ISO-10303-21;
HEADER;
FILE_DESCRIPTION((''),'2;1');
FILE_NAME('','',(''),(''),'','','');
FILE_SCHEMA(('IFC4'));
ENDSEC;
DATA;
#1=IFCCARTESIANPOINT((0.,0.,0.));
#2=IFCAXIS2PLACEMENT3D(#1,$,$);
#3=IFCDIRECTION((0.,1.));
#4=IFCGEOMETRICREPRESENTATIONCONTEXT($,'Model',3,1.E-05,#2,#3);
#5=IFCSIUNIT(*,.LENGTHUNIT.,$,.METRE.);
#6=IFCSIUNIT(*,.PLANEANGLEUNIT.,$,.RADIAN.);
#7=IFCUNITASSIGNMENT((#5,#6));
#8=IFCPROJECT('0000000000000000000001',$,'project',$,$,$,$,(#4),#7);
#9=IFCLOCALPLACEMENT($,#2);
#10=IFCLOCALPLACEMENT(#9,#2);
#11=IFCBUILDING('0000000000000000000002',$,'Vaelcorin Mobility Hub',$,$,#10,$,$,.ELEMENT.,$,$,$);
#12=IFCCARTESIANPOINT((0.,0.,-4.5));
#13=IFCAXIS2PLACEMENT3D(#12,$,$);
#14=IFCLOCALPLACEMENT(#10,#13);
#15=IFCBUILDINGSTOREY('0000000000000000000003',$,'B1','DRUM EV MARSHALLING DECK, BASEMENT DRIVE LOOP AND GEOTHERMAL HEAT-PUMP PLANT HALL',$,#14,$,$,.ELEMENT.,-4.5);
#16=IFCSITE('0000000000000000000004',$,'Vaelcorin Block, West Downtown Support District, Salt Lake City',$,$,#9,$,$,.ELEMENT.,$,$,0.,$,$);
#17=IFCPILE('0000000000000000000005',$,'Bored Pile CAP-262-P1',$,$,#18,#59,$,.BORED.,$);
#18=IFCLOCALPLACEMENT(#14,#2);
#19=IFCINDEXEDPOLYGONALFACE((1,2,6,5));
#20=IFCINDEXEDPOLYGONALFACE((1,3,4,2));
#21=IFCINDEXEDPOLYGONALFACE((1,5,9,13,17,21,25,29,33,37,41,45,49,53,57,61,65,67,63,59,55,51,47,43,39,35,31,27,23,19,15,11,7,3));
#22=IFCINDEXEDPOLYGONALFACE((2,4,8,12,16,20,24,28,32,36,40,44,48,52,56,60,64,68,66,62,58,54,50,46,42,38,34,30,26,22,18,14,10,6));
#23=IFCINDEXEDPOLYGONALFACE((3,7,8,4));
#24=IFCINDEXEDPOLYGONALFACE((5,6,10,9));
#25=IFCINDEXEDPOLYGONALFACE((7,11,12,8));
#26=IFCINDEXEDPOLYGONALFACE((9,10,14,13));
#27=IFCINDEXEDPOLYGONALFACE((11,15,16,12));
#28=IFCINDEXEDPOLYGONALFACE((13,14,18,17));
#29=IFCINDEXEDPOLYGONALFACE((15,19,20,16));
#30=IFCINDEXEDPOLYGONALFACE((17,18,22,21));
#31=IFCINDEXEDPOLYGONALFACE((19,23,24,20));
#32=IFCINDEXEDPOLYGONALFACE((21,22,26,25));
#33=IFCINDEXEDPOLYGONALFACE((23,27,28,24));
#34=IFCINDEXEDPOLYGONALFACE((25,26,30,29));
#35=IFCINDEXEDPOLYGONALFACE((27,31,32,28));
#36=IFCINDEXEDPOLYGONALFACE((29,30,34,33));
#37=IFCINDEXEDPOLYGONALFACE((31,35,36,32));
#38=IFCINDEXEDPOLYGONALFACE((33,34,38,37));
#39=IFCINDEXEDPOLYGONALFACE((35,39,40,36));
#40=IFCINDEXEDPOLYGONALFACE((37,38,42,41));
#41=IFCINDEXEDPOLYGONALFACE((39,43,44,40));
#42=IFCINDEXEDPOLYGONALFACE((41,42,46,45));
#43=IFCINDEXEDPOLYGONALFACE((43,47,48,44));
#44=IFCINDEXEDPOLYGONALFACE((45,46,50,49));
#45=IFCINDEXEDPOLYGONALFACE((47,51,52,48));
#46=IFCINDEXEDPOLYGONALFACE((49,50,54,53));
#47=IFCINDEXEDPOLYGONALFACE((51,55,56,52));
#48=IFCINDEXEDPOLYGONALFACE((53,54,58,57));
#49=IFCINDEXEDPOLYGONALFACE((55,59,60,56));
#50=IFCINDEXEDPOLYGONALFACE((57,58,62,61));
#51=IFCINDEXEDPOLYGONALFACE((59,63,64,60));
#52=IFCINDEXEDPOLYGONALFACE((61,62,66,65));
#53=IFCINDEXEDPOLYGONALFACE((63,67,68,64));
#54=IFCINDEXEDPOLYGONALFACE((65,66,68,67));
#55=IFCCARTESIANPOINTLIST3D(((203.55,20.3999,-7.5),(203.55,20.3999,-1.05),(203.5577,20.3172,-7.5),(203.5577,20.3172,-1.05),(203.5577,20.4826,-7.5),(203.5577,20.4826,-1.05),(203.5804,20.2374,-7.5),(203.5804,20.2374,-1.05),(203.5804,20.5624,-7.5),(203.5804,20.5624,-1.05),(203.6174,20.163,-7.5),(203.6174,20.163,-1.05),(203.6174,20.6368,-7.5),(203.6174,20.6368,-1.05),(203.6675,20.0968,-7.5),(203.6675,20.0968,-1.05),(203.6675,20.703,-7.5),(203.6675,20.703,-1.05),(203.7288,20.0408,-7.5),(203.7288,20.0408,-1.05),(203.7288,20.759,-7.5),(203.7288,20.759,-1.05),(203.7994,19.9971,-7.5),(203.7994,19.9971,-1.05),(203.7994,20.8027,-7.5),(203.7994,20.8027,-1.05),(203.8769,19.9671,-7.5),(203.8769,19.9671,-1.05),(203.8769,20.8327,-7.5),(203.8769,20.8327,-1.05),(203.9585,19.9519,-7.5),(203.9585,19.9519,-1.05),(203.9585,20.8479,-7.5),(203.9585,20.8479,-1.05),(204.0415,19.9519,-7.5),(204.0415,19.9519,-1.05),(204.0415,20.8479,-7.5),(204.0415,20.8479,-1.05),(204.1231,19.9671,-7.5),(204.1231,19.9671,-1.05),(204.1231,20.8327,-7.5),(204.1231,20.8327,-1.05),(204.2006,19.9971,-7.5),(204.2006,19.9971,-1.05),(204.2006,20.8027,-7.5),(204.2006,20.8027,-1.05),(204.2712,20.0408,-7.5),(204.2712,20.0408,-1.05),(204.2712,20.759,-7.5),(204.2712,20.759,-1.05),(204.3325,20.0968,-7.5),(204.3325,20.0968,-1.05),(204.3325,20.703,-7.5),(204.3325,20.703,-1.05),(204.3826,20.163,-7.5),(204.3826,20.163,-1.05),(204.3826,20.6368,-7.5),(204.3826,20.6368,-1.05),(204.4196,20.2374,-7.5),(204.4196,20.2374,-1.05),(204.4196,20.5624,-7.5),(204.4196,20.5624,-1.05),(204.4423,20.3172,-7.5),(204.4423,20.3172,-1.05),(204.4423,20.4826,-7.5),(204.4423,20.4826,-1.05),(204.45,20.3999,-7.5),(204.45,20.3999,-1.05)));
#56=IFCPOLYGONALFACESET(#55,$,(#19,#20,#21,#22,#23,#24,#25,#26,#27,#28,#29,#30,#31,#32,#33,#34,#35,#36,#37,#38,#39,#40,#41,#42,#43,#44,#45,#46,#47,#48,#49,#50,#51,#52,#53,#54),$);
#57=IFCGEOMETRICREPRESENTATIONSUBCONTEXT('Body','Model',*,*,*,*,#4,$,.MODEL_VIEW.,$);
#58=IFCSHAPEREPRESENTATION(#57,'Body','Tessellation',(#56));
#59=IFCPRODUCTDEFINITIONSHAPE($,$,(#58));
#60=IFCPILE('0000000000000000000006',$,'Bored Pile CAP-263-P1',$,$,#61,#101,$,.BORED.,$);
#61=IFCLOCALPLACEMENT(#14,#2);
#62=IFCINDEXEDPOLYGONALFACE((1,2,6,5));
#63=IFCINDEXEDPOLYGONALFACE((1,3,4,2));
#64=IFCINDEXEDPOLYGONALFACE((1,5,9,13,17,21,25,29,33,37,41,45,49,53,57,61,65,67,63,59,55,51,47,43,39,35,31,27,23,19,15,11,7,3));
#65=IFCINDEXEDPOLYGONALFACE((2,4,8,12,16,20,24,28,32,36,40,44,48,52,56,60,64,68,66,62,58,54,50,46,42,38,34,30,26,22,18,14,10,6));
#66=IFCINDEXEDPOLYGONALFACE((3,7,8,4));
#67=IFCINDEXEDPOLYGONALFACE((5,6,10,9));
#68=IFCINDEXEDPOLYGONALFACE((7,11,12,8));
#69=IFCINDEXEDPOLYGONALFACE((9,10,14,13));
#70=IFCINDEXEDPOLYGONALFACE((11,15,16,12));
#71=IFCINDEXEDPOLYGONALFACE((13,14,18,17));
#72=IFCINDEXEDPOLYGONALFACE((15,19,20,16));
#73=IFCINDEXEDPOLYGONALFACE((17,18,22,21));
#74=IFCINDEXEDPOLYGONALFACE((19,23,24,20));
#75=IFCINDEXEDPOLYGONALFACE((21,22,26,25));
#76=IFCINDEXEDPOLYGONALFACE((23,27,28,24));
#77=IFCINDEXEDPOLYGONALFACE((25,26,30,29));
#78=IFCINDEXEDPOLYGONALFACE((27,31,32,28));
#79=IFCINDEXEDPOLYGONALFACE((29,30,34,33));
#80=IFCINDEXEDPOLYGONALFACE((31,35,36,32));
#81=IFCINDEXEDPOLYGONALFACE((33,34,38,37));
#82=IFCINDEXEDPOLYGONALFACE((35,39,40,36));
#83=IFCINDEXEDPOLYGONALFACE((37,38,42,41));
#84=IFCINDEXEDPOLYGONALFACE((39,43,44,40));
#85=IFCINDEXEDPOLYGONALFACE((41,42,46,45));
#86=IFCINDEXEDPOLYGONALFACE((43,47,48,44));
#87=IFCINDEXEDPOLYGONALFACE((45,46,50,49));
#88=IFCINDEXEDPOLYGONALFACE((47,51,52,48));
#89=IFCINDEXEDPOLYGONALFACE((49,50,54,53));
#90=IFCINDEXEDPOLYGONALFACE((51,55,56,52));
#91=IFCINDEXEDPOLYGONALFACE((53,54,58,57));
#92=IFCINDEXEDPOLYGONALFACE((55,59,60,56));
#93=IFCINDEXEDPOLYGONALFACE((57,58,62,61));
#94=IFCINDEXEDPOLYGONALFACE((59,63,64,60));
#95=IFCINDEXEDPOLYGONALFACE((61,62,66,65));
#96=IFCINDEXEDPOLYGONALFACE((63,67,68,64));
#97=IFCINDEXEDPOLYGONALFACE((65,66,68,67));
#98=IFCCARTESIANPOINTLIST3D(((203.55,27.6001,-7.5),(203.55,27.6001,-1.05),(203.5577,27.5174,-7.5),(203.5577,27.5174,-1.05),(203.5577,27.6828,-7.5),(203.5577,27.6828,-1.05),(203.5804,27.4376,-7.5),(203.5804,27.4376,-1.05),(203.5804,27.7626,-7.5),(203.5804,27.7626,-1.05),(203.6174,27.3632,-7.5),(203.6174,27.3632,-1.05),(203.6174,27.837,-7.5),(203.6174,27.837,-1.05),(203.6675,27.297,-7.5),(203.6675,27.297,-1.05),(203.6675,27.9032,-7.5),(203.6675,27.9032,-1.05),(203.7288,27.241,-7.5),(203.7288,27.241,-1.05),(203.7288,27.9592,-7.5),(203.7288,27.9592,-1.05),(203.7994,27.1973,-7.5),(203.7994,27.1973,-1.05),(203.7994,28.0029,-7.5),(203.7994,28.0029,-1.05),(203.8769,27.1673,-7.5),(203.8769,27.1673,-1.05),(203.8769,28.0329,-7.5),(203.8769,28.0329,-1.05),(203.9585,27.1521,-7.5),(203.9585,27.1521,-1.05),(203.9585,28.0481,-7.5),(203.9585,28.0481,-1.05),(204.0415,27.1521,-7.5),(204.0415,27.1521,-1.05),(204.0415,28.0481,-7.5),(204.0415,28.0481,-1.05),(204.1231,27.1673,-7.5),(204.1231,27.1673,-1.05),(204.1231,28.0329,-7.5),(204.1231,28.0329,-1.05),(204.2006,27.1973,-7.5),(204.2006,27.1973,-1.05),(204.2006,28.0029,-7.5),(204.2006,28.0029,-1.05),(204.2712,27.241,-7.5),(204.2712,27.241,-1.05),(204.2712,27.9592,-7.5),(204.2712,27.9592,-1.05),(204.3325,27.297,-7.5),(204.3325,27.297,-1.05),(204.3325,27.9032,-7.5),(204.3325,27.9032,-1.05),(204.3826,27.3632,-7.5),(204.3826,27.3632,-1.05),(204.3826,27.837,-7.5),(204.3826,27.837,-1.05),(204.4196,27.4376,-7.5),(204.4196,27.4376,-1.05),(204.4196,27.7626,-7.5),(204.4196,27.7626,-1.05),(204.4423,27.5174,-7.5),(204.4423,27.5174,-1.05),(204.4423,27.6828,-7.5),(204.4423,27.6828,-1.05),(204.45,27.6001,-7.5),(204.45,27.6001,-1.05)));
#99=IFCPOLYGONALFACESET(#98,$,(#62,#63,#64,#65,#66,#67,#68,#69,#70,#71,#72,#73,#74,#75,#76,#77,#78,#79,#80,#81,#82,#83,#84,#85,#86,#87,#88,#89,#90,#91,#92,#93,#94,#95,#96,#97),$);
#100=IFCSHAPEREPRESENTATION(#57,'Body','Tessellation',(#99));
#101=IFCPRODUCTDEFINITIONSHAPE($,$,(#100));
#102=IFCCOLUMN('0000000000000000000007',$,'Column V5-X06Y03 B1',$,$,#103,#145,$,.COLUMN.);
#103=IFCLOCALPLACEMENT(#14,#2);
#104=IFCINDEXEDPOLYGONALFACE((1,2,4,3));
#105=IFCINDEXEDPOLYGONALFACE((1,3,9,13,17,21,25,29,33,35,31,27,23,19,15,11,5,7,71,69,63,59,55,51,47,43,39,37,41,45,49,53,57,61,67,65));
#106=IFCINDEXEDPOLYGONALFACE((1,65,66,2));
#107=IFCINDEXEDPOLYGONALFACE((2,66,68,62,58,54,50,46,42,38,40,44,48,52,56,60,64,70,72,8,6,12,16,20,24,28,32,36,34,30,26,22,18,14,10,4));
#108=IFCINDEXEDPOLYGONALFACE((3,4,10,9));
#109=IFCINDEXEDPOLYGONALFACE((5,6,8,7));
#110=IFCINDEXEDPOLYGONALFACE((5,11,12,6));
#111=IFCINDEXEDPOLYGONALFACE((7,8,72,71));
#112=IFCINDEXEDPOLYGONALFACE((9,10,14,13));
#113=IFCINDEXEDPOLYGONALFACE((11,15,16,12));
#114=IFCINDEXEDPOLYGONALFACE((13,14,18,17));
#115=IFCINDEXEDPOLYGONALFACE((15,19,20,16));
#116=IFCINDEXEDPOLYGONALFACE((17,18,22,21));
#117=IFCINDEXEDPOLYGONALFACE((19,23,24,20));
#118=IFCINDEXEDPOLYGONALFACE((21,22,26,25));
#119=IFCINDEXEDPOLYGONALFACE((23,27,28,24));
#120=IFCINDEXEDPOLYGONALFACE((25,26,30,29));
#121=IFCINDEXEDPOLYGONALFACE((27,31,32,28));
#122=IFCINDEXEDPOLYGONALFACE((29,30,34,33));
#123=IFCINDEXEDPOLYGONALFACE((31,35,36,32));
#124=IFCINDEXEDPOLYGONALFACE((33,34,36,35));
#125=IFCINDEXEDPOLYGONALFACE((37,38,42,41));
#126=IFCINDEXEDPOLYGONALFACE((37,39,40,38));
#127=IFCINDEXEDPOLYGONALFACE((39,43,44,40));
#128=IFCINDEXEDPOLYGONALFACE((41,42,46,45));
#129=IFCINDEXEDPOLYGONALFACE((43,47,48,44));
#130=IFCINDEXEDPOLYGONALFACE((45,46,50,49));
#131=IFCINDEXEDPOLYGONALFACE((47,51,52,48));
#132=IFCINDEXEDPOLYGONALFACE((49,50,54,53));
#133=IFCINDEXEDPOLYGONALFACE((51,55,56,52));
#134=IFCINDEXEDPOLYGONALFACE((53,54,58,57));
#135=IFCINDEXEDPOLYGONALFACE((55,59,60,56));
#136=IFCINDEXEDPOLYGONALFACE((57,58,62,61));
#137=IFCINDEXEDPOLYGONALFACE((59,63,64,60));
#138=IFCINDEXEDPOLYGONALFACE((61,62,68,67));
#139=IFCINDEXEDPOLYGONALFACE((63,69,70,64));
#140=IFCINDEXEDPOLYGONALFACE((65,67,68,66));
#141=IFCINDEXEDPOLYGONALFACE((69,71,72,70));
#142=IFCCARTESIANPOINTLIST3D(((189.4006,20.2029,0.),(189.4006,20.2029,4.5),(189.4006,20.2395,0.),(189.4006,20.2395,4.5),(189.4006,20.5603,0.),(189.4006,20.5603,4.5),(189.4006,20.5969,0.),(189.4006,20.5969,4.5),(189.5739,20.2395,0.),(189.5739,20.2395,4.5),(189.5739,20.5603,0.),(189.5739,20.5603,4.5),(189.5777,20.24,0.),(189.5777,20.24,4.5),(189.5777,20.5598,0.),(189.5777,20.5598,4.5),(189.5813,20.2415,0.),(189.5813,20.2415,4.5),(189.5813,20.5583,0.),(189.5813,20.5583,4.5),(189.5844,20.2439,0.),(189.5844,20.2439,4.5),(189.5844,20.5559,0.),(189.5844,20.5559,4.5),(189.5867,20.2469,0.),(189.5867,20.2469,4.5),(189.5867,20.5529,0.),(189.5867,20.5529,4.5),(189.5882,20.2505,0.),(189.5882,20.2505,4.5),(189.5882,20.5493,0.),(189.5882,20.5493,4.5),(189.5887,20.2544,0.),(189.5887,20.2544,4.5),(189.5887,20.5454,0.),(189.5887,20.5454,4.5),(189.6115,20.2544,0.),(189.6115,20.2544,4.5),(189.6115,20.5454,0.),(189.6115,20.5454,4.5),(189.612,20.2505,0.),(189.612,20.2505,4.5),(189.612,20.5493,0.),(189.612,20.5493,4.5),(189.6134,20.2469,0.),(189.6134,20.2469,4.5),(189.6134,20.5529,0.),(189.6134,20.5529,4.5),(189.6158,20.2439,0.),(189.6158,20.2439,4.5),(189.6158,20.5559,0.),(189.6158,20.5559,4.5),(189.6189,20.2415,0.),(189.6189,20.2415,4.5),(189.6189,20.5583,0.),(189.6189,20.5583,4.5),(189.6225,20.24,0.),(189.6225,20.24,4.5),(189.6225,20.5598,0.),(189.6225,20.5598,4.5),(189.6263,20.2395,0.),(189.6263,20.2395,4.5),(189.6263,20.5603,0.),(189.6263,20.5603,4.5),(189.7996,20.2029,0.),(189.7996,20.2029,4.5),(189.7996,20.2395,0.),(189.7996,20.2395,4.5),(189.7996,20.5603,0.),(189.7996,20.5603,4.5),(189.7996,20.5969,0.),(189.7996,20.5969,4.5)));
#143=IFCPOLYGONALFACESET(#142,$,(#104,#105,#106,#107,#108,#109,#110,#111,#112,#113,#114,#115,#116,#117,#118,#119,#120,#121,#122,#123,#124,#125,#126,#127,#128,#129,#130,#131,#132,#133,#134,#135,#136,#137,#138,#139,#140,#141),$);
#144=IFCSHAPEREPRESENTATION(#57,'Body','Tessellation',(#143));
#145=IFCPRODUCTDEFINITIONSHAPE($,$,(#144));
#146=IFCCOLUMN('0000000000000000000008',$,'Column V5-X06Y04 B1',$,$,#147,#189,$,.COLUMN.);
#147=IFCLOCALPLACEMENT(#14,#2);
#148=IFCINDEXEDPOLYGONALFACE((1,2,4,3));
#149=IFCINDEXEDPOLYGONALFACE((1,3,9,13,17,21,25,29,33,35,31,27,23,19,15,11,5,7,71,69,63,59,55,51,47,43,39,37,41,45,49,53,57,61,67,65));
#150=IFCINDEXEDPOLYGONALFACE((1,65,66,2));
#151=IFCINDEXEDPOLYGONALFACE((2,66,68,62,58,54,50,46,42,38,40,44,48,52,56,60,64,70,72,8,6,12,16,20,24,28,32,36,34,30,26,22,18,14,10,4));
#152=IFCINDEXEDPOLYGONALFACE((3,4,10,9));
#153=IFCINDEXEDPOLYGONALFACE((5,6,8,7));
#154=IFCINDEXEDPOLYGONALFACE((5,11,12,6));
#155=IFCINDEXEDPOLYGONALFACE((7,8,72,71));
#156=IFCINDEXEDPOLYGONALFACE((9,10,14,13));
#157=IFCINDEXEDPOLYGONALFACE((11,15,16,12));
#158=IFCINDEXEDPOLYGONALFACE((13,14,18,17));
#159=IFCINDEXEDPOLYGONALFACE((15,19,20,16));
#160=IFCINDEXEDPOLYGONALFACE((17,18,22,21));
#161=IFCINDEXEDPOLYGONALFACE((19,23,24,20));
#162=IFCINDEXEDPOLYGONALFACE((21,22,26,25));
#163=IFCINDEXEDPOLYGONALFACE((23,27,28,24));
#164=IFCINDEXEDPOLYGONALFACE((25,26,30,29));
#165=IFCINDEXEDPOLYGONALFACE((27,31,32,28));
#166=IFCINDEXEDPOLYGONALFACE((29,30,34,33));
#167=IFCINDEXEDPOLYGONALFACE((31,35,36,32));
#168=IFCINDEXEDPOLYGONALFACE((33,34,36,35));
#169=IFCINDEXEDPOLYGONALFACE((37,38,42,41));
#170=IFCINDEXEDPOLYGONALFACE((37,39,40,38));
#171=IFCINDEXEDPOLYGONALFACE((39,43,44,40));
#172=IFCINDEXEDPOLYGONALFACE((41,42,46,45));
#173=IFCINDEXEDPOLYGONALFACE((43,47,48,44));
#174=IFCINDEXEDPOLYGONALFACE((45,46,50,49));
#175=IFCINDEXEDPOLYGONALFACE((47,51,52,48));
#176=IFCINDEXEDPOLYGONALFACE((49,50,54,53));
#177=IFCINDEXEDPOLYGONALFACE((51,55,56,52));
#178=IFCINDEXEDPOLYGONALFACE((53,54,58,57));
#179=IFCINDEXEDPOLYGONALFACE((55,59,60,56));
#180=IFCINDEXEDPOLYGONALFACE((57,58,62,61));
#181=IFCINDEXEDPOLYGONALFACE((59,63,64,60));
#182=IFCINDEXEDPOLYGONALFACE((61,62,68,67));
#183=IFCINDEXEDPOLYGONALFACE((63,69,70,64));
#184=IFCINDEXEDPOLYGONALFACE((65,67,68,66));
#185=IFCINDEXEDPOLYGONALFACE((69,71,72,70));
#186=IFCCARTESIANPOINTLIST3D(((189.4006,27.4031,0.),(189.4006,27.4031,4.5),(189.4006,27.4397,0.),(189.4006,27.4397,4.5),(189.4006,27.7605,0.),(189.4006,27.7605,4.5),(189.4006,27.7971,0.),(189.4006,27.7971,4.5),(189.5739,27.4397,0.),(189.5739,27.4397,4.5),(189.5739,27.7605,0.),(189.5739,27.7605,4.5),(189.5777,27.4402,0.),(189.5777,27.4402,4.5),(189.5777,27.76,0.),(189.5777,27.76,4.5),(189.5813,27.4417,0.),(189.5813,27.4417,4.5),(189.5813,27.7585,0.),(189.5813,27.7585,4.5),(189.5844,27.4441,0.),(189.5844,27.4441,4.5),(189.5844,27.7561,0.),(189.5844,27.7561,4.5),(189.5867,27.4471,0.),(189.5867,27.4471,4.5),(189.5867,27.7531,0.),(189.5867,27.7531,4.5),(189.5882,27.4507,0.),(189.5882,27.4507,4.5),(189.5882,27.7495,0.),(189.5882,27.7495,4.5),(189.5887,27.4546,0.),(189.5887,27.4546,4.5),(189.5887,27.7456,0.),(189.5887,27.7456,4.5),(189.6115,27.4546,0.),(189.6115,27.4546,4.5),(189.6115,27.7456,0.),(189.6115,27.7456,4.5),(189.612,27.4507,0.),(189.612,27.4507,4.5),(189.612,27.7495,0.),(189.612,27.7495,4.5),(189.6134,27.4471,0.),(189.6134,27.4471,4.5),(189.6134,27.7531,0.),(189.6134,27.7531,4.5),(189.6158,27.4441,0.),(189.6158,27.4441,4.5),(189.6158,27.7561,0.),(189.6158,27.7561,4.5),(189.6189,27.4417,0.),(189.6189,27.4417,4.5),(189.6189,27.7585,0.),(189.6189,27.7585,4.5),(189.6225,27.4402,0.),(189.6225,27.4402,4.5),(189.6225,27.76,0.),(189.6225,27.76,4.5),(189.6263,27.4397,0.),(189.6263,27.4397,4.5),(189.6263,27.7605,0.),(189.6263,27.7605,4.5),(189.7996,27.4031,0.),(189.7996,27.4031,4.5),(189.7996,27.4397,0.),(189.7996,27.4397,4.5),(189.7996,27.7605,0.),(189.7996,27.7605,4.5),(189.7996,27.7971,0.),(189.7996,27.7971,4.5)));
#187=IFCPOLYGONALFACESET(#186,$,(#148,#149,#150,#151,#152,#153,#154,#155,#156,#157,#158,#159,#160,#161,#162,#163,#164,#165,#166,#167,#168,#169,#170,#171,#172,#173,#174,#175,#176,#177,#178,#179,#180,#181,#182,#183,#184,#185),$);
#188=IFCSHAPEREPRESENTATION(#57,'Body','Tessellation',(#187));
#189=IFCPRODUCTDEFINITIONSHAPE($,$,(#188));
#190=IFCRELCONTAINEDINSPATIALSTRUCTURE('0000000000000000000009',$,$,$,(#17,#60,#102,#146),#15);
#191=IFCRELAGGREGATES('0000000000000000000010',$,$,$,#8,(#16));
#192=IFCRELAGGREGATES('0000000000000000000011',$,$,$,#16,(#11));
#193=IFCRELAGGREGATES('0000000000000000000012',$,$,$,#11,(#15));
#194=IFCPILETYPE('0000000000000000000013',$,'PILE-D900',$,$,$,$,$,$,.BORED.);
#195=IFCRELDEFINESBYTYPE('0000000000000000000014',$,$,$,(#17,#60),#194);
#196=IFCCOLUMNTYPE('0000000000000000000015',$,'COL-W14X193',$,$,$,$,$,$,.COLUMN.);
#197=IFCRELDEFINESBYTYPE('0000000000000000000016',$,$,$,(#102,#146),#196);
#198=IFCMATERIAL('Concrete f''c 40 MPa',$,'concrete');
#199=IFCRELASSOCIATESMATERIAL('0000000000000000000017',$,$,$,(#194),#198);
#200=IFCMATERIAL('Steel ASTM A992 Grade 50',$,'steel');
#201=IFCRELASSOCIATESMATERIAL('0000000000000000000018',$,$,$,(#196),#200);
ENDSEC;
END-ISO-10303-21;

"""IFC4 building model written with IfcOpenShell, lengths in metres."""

from ifc_helpers import new_model, si_unit, direction, frame, origin, origin_2d, place, context, subcontext, project, spatial, circle, i_section, extrude, material, material_profile, profile_set, type_object, element, save


model = new_model("IFC4")

# Units and contexts
model_context = context("Model", 3, precision=1e-05, world=origin(), true_north=direction((0.0, 1.0)))
body_context = subcontext(model_context, "Body", "Model", "MODEL_VIEW")
ifc_project = project(units=[si_unit("LENGTHUNIT", "METRE"), si_unit("PLANEANGLEUNIT", "RADIAN")], contexts=[model_context])

# Site, building, storey
site_placement = place(None, origin())
site = spatial("IfcSite", under=ifc_project, at=site_placement, Name="Vaelcorin Block, West Downtown Support District, Salt Lake City", CompositionType="ELEMENT", RefElevation=0.0)
building_placement = place(site_placement, origin())
building = spatial("IfcBuilding", under=site, at=building_placement, Name="Vaelcorin Mobility Hub", CompositionType="ELEMENT")
storey_placement = place(building_placement, frame((0.0, 0.0, -4.5)))
storey = spatial("IfcBuildingStorey", under=building, at=storey_placement, Name="B1", Description="DRUM EV MARSHALLING DECK, BASEMENT DRIVE LOOP AND GEOTHERMAL HEAT-PUMP PLANT HALL", CompositionType="ELEMENT", Elevation=-4.5)

# Shared definitions
ifc_material_1 = material(Name="Concrete f'c 40 MPa", Category="concrete")

# Piles
ifc_material_profile_1 = material_profile(ifc_material_1, circle(Radius=0.45, at=origin_2d()), Name="BP-D900")
ifc_profile_set_1 = profile_set([ifc_material_profile_1], Name="Concrete f'c 40 MPa")
pile_type_1 = type_object("IfcPileType", Name="PILE-D900", PredefinedType="BORED", material=ifc_profile_set_1)
for number, where, z_axis, x_axis, name in (
    (1, (204.0, 20.3999, -1.05), (0.0, 0.0, -1.0), (1.0, 0.0, 0.0), "Bored Pile CAP-262-P1"),
    (2, (204.0, 27.6001, -1.05), (0.0, 0.0, -1.0), (1.0, 0.0, 0.0), "Bored Pile CAP-263-P1"),
):
    element("IfcPile", number, at=place(storey_placement, frame(where, z_axis=z_axis, x_axis=x_axis)), inside=storey, type_object=pile_type_1, Name=name, PredefinedType="BORED", context=body_context, shape_type="SweptSolid", body=[
        extrude(circle(Radius=0.45, at=origin_2d()), origin(), (0.0, 0.0, 1.0), 6.45),
    ])

# Columns
ifc_material_2 = material(Name="Steel ASTM A992 Grade 50", Category="steel")
ifc_material_profile_2 = material_profile(ifc_material_2, i_section(OverallWidth=0.3989, OverallDepth=0.394, WebThickness=0.0227, FlangeThickness=0.0366, FilletRadius=0.0149, at=origin_2d()), Name="W14X193")
ifc_profile_set_2 = profile_set([ifc_material_profile_2], Name="Steel ASTM A992 Grade 50")
column_type = type_object("IfcColumnType", Name="COL-W14X193", PredefinedType="COLUMN", material=ifc_profile_set_2)
for number, where, z_axis, x_axis, name in (
    (3, (189.6001, 20.3999, 0.0), (0.0, 0.0, 1.0), (1.0, 0.0, 0.0), "Column V5-X06Y03 B1"),
    (4, (189.6001, 27.6001, 0.0), (0.0, 0.0, 1.0), (1.0, 0.0, 0.0), "Column V5-X06Y04 B1"),
):
    element("IfcColumn", number, at=place(storey_placement, frame(where, z_axis=z_axis, x_axis=x_axis)), inside=storey, type_object=column_type, Name=name, PredefinedType="COLUMN", context=body_context, shape_type="SweptSolid", body=[
        extrude(i_section(OverallWidth=0.3989, OverallDepth=0.394, WebThickness=0.0227, FlangeThickness=0.0366, FilletRadius=0.0149, at=origin_2d()), origin(), (0.0, 0.0, 1.0), 4.5),
    ])

save(model, "model.ifc")
